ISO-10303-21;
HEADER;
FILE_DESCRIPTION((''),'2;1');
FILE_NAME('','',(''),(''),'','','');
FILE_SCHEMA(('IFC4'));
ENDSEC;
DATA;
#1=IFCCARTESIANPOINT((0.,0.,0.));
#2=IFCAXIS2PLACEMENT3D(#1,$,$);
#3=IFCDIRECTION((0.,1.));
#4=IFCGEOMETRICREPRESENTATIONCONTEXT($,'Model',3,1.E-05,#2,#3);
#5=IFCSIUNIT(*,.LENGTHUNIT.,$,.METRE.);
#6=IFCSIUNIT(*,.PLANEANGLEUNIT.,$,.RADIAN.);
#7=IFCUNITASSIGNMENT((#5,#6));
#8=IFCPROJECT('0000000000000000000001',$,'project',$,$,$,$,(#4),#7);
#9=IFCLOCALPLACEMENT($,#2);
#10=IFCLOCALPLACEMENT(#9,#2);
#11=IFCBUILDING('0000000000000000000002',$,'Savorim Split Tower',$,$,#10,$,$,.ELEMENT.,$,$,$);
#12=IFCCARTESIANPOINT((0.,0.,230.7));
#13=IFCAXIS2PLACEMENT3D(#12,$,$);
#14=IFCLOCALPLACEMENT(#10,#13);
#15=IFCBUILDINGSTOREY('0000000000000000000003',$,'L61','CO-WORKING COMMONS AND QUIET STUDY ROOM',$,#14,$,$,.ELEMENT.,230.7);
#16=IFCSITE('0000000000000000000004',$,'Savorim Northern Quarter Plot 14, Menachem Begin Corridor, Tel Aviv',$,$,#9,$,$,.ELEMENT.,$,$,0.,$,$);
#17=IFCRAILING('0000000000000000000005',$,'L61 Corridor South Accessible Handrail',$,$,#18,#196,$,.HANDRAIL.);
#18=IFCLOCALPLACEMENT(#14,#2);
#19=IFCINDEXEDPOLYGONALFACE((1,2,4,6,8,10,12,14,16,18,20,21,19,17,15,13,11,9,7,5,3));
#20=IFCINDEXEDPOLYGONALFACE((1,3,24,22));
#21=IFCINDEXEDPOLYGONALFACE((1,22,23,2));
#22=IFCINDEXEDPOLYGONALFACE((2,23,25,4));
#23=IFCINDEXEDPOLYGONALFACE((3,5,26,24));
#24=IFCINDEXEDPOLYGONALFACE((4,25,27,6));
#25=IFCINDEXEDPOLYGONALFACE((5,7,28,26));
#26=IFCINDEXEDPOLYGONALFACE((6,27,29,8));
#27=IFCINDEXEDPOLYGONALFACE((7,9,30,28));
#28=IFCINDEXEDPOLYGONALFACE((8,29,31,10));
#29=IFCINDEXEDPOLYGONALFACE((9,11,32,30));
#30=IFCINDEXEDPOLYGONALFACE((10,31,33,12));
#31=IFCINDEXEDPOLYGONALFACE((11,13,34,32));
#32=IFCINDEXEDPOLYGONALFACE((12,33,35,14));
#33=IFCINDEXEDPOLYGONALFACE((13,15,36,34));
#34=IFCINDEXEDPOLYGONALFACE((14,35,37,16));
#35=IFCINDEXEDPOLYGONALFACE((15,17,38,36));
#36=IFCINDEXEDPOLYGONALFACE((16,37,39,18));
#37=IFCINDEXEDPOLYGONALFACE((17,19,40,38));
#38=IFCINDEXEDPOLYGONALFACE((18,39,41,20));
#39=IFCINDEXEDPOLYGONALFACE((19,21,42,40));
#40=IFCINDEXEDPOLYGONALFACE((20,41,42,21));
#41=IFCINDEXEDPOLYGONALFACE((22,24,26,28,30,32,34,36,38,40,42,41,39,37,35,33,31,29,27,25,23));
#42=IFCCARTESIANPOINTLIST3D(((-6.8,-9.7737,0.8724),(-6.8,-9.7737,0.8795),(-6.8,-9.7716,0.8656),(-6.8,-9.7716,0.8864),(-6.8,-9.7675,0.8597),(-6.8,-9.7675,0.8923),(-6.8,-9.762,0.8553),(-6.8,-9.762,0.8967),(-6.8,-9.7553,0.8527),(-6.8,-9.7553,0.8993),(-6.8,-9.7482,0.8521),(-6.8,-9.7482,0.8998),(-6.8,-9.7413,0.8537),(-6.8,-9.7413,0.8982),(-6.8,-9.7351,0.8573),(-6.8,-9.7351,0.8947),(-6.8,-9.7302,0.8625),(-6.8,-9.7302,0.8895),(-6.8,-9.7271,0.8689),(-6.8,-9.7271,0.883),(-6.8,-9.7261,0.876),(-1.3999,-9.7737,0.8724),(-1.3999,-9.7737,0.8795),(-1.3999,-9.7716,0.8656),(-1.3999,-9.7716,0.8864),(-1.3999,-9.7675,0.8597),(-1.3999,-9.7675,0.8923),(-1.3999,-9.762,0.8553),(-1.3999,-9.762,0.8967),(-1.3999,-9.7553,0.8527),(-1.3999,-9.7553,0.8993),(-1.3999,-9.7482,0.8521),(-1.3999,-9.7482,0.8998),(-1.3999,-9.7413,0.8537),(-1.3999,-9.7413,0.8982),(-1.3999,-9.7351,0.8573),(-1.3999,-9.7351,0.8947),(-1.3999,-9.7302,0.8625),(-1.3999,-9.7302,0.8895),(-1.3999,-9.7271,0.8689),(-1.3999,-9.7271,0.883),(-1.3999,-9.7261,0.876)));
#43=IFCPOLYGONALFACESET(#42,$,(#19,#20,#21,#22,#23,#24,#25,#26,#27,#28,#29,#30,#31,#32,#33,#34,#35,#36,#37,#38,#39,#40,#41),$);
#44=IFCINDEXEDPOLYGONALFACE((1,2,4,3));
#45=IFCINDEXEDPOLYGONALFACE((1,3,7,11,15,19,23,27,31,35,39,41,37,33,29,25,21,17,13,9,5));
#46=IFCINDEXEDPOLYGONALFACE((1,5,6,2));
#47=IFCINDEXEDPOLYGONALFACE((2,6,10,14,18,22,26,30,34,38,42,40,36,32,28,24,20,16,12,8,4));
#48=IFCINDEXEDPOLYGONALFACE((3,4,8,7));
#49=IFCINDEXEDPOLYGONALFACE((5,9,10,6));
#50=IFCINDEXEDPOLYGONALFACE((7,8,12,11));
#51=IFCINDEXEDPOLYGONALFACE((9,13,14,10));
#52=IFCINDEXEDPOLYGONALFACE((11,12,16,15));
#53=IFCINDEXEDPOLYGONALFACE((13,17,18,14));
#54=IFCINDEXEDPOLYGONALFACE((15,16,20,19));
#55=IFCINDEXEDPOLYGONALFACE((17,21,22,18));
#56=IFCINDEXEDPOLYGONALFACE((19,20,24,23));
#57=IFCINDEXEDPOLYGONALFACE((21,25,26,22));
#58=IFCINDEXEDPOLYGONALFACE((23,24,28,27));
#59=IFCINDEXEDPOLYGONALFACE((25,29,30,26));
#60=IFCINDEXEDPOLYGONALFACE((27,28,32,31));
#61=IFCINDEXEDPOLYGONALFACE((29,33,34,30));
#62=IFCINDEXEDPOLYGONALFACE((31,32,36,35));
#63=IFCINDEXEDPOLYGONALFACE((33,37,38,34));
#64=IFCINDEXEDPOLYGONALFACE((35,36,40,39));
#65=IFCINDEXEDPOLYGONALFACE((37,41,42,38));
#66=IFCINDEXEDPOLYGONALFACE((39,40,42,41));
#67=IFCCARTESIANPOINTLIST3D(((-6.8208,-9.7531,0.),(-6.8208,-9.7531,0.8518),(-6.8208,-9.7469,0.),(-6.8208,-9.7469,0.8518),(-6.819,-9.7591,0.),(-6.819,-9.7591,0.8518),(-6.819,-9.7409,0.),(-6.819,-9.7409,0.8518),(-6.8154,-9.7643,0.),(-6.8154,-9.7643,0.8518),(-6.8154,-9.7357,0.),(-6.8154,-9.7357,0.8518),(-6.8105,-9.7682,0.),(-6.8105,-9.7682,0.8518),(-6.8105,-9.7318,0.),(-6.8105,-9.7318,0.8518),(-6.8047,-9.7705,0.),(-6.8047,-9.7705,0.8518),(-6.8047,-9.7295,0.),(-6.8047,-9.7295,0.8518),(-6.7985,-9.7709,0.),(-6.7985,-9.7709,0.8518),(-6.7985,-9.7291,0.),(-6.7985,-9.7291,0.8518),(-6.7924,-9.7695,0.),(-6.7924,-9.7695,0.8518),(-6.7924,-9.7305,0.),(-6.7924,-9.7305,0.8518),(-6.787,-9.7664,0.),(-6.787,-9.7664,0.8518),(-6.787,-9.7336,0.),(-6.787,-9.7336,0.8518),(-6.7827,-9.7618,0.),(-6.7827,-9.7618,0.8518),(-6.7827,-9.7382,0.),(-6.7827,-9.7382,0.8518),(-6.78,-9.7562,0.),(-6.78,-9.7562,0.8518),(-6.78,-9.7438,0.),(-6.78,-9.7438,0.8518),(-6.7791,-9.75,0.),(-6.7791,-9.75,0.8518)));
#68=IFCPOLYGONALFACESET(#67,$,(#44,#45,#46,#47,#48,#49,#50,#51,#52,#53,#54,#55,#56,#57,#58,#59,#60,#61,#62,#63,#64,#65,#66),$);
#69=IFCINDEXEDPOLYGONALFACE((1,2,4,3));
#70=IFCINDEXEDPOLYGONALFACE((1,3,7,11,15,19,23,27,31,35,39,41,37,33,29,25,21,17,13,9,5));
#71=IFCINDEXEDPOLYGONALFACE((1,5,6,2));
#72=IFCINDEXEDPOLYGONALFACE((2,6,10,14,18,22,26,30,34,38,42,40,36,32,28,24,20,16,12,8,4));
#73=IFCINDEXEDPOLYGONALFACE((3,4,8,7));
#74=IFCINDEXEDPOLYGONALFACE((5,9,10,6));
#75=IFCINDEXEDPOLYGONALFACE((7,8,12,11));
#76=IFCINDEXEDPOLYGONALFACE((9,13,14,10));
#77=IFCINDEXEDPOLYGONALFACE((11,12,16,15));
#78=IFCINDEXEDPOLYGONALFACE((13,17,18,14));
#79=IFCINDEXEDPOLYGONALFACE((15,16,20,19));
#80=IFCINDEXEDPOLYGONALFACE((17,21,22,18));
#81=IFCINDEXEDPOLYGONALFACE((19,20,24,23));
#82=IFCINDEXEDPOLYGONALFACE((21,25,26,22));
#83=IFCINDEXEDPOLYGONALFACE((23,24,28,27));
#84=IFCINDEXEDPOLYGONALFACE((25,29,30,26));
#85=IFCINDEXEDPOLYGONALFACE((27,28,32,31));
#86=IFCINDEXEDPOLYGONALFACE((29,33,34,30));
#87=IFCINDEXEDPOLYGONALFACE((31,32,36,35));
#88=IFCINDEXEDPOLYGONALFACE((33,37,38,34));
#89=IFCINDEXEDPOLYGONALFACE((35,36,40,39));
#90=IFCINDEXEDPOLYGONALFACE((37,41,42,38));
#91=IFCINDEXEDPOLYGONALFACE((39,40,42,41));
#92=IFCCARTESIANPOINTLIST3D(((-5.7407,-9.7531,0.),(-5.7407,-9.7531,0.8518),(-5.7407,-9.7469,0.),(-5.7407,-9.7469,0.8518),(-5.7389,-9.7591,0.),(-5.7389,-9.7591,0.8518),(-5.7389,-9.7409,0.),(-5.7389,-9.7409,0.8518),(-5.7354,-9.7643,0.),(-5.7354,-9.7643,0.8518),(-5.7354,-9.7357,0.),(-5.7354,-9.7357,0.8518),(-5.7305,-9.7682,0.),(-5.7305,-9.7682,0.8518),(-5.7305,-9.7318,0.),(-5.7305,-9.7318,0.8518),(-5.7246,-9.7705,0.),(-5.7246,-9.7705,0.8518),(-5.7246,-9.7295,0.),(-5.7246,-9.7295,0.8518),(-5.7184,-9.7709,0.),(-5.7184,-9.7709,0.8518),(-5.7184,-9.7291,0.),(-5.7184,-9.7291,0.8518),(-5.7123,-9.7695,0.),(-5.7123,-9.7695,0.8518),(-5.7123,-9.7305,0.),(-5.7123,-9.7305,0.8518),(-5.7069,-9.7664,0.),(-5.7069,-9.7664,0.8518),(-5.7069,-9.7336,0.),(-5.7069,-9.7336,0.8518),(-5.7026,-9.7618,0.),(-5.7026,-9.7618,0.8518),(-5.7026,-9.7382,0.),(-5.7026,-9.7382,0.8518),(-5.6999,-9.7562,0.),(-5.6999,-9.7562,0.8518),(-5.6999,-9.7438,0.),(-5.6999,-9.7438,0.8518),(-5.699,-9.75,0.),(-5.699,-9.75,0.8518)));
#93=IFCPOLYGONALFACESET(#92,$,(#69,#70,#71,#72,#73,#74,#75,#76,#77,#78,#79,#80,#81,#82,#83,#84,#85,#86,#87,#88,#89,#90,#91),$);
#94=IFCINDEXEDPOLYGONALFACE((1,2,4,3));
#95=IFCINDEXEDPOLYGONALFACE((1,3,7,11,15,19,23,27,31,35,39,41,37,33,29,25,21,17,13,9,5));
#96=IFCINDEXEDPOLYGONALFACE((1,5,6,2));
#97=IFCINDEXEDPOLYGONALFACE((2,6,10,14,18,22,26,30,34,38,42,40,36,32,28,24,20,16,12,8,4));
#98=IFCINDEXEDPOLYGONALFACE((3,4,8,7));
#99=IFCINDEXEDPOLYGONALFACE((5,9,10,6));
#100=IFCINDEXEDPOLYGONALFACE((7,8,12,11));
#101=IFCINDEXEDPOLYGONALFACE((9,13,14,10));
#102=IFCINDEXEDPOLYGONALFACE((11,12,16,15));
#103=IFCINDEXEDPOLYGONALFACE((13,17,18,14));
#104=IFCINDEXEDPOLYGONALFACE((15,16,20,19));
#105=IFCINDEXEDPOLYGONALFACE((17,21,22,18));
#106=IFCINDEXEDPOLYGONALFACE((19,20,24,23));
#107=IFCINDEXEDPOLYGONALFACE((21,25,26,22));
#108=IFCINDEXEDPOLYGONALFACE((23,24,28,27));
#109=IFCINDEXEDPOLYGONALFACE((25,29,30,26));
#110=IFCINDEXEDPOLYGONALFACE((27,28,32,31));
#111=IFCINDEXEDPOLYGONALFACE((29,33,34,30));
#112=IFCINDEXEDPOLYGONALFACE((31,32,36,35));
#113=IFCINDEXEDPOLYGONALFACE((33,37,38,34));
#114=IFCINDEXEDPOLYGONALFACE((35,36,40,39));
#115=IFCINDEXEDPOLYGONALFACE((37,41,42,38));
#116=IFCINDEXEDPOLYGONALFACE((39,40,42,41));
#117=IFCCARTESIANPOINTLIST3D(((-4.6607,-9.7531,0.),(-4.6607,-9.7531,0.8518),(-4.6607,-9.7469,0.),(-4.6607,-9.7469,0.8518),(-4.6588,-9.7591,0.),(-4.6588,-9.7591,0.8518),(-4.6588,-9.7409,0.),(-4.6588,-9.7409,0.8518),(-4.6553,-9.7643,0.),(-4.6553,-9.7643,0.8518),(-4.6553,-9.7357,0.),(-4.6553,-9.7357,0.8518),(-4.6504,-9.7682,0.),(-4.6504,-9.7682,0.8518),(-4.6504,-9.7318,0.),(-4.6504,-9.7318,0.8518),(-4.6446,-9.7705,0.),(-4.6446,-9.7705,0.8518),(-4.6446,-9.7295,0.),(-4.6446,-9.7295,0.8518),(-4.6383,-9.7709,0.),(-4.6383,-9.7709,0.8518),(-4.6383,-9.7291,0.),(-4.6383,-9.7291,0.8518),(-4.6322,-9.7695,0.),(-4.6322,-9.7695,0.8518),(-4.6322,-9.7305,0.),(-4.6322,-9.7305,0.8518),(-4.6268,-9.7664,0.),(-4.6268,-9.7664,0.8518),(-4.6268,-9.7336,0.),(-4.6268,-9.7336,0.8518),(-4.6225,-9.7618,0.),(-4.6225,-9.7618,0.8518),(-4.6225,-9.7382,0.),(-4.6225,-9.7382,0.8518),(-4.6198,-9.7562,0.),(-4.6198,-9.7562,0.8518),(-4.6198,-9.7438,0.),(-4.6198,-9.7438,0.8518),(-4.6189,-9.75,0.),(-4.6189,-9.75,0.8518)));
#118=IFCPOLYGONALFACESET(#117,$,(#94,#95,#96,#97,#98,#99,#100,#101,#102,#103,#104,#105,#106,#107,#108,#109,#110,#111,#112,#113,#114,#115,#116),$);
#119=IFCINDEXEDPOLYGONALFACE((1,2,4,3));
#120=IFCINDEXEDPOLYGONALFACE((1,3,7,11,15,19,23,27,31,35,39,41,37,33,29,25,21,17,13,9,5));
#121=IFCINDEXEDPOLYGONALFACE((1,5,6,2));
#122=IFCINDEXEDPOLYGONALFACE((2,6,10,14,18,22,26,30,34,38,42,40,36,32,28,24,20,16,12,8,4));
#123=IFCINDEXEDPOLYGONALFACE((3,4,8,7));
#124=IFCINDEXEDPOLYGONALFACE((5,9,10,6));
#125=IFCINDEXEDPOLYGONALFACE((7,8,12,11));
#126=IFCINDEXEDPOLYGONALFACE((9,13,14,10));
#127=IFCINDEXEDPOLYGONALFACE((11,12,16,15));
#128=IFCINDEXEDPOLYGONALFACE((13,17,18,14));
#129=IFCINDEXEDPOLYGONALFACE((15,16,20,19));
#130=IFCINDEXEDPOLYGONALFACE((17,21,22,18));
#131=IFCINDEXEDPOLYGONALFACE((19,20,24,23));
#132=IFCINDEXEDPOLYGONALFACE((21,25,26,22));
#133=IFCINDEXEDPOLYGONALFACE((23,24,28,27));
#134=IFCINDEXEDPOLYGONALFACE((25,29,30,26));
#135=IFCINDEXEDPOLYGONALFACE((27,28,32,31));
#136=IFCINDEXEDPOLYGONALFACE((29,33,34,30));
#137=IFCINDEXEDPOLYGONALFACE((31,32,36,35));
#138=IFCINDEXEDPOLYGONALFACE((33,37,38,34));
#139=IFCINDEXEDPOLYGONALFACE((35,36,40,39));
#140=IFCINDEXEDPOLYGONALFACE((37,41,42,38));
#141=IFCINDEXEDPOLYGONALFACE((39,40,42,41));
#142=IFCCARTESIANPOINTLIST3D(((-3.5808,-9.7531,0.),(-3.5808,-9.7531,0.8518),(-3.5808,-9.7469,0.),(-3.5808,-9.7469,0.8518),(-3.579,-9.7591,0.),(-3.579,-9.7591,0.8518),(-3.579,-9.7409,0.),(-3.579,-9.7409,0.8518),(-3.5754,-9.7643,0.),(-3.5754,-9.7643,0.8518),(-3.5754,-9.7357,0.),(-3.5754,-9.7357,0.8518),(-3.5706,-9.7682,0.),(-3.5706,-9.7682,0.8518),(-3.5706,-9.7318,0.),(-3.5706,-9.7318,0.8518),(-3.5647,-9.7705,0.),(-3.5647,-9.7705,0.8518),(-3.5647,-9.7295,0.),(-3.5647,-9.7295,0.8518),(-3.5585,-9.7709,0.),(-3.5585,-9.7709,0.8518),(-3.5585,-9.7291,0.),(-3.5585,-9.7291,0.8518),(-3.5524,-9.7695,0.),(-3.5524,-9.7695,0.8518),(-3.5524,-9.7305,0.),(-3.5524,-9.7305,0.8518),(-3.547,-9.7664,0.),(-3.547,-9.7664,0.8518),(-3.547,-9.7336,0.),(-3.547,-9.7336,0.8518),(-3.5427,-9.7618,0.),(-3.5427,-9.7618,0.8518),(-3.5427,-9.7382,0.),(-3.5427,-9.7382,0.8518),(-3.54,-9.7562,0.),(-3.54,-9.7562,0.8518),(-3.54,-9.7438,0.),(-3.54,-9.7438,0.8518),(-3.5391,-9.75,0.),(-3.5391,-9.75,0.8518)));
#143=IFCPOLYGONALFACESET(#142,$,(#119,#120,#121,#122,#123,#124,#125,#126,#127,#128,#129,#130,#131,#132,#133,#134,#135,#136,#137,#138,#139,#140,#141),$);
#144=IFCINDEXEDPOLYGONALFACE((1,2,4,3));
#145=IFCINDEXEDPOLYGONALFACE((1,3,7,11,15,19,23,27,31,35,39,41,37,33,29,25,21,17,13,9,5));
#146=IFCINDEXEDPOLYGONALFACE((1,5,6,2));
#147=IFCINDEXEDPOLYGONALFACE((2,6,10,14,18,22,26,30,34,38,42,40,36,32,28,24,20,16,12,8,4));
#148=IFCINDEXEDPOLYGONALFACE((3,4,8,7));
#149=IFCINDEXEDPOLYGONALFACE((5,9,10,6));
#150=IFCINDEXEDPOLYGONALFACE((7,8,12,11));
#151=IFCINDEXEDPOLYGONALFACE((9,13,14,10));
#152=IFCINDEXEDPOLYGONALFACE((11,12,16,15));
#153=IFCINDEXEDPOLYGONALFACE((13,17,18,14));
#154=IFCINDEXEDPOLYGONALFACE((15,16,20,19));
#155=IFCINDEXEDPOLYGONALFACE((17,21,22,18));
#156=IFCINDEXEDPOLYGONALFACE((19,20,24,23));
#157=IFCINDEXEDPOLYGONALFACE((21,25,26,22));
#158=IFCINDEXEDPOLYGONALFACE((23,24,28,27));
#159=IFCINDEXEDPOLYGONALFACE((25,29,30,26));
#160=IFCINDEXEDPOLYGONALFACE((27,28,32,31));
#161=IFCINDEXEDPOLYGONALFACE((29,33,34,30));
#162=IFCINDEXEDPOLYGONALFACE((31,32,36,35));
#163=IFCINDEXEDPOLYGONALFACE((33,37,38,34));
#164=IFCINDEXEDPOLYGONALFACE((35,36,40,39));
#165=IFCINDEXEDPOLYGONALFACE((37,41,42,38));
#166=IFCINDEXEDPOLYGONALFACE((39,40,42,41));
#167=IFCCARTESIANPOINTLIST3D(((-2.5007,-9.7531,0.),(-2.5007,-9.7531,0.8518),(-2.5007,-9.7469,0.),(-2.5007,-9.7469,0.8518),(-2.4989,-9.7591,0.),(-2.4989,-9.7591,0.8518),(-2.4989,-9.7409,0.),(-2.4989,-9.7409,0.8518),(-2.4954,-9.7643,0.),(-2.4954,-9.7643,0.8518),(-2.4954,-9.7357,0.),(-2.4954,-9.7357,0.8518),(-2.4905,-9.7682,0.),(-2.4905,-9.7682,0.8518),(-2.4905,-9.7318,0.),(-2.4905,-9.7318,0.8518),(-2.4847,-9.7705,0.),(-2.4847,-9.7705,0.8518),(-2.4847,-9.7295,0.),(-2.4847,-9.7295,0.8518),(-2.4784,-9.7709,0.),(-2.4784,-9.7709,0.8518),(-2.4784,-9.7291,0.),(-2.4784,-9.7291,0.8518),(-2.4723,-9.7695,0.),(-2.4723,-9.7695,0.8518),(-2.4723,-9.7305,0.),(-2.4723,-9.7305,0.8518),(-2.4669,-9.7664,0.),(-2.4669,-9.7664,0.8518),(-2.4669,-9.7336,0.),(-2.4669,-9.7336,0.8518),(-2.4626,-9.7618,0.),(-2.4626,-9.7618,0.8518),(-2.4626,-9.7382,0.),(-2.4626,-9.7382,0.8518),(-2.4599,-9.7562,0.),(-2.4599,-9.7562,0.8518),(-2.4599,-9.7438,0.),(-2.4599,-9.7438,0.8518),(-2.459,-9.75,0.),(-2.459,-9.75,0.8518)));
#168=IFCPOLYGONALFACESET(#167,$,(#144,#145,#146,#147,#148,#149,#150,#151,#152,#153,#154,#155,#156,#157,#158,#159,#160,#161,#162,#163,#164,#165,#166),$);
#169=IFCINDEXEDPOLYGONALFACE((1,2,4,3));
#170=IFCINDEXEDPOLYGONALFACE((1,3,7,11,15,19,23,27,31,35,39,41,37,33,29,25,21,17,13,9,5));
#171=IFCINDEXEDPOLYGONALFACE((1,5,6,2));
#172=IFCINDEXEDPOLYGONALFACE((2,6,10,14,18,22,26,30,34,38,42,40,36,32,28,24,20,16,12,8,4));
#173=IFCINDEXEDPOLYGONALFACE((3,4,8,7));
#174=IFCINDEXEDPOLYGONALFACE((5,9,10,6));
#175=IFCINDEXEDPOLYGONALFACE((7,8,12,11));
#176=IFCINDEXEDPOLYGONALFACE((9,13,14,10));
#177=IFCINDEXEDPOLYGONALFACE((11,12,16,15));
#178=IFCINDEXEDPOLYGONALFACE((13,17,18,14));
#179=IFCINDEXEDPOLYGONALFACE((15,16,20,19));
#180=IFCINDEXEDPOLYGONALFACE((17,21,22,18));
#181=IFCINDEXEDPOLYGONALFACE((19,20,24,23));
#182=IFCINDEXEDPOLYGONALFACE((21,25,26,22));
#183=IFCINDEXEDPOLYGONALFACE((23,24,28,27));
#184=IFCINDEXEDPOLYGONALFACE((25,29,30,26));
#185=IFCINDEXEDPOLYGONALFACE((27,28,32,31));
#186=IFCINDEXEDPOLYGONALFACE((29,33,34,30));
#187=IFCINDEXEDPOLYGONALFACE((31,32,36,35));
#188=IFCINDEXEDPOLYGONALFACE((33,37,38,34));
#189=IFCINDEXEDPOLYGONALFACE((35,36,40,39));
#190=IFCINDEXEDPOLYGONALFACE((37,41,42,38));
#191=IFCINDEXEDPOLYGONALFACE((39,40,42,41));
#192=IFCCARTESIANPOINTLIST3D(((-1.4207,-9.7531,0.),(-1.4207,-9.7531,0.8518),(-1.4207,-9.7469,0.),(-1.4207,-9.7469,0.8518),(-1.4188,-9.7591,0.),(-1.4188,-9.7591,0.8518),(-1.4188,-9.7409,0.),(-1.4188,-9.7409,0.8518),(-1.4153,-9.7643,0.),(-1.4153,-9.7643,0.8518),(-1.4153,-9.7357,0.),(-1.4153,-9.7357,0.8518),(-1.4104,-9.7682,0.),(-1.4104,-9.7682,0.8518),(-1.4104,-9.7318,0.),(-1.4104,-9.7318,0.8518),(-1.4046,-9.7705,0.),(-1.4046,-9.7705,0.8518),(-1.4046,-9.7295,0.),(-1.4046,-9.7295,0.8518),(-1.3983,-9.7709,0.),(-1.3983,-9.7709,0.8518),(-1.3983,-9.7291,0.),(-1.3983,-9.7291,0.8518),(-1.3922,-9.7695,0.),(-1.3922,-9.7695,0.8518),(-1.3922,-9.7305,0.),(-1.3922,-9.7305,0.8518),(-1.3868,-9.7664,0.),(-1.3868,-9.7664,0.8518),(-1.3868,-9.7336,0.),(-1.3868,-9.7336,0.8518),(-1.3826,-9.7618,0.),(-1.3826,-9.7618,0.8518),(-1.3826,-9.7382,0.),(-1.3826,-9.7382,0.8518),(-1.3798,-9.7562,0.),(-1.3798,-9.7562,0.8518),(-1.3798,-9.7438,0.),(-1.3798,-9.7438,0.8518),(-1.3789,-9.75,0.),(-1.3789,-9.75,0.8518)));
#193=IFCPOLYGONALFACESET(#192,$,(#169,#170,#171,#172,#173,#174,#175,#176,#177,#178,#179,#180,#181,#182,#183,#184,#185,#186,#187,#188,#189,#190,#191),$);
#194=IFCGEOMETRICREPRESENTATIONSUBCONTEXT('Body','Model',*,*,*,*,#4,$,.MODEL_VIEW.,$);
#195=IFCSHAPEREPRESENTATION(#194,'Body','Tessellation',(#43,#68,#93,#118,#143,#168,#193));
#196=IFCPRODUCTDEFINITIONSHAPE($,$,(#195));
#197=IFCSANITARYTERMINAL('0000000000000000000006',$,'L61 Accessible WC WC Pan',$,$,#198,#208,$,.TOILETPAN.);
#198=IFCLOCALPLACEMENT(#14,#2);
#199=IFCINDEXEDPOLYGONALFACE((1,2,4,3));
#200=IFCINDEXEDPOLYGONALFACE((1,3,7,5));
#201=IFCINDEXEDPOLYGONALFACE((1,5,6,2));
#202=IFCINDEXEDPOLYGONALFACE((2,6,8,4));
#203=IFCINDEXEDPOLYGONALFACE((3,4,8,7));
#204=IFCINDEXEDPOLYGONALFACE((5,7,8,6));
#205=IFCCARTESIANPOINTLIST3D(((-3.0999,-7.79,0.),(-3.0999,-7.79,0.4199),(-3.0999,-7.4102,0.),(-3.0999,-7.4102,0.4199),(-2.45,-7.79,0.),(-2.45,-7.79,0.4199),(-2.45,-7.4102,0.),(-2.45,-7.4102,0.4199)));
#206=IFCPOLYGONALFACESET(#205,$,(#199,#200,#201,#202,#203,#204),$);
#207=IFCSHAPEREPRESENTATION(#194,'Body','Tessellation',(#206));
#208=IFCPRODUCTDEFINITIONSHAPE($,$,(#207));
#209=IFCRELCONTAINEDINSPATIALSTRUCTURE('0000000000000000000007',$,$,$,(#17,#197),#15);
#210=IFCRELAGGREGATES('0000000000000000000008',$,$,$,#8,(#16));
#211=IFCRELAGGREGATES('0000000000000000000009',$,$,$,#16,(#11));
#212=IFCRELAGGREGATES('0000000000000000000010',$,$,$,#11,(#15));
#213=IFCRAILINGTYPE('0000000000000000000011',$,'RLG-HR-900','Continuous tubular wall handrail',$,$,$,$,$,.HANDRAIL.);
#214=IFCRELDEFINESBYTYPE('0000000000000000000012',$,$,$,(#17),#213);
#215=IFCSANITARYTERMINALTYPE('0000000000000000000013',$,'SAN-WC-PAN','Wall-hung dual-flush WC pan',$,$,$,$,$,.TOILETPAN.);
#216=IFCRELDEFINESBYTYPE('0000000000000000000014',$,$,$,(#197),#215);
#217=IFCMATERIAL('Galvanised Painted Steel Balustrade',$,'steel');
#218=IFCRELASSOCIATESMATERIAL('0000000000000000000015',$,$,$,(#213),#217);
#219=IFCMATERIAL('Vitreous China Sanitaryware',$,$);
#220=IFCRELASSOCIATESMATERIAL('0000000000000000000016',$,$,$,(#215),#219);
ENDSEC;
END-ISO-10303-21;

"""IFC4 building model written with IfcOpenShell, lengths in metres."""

from ifc_helpers import new_model, si_unit, direction, frame, origin, origin_2d, place, context, subcontext, project, spatial, rectangle, circle, extrude, material, type_object, element, save


model = new_model("IFC4")

# Units and contexts
model_context = context("Model", 3, precision=1e-05, world=origin(), true_north=direction((0.0, 1.0)))
body_context = subcontext(model_context, "Body", "Model", "MODEL_VIEW")
ifc_project = project(units=[si_unit("LENGTHUNIT", "METRE"), si_unit("PLANEANGLEUNIT", "RADIAN")], contexts=[model_context])

# Site, building, storey
site_placement = place(None, origin())
site = spatial("IfcSite", under=ifc_project, at=site_placement, Name="Savorim Northern Quarter Plot 14, Menachem Begin Corridor, Tel Aviv", CompositionType="ELEMENT", RefElevation=0.0)
building_placement = place(site_placement, origin())
building = spatial("IfcBuilding", under=site, at=building_placement, Name="Savorim Split Tower", CompositionType="ELEMENT")
storey_placement = place(building_placement, frame((0.0, 0.0, 230.7)))
storey = spatial("IfcBuildingStorey", under=building, at=storey_placement, Name="L61", Description="CO-WORKING COMMONS AND QUIET STUDY ROOM", CompositionType="ELEMENT", Elevation=230.7)

# Railing
ifc_material_1 = material(Name="Galvanised Painted Steel Balustrade", Category="steel")
railing_type = type_object("IfcRailingType", Name="RLG-HR-900", Description="Continuous tubular wall handrail", PredefinedType="HANDRAIL", material=ifc_material_1)
railing_placement = place(storey_placement, frame((-6.8, -9.75, 0.0)))
element("IfcRailing", 1, at=railing_placement, inside=storey, type_object=railing_type, Name="L61 Corridor South Accessible Handrail", PredefinedType="HANDRAIL", context=body_context, shape_type="SweptSolid", body=[
    extrude(circle(Radius=0.0239, at=origin_2d()), frame((0.0, 0.0, 0.876), z_axis=(1.0, 0.0, 0.0), x_axis=(0.0, 1.0, 0.0)), (0.0, 0.0, 1.0), 5.4001),
    extrude(circle(Radius=0.021, at=origin_2d()), origin(), (0.0, 0.0, 1.0), 0.8518),
    extrude(circle(Radius=0.021, at=origin_2d()), frame((1.0801, 0.0, 0.0)), (0.0, 0.0, 1.0), 0.8518),
    extrude(circle(Radius=0.021, at=origin_2d()), frame((2.1602, 0.0, 0.0)), (0.0, 0.0, 1.0), 0.8518),
    extrude(circle(Radius=0.021, at=origin_2d()), frame((3.24, 0.0, 0.0)), (0.0, 0.0, 1.0), 0.8518),
    extrude(circle(Radius=0.021, at=origin_2d()), frame((4.3201, 0.0, 0.0)), (0.0, 0.0, 1.0), 0.8518),
    extrude(circle(Radius=0.021, at=origin_2d()), frame((5.4001, 0.0, 0.0)), (0.0, 0.0, 1.0), 0.8518),
])

# Sanitary terminal
ifc_material_2 = material(Name="Vitreous China Sanitaryware")
sanitary_terminal_type_1 = type_object("IfcSanitaryTerminalType", Name="SAN-WC-PAN", Description="Wall-hung dual-flush WC pan", PredefinedType="TOILETPAN", material=ifc_material_2)
sanitary_terminal_placement = place(storey_placement, frame((-2.7749, -7.6001, 0.0), z_axis=(0.0, 0.0, 1.0), x_axis=(1.0, 0.0, 0.0)))
element("IfcSanitaryTerminal", 2, at=sanitary_terminal_placement, inside=storey, type_object=sanitary_terminal_type_1, Name="L61 Accessible WC WC Pan", PredefinedType="TOILETPAN", context=body_context, shape_type="SweptSolid", body=[
    extrude(rectangle(XDim=0.6499, YDim=0.3799, at=origin_2d()), origin(), (0.0, 0.0, 1.0), 0.4199),
])

save(model, "model.ifc")
